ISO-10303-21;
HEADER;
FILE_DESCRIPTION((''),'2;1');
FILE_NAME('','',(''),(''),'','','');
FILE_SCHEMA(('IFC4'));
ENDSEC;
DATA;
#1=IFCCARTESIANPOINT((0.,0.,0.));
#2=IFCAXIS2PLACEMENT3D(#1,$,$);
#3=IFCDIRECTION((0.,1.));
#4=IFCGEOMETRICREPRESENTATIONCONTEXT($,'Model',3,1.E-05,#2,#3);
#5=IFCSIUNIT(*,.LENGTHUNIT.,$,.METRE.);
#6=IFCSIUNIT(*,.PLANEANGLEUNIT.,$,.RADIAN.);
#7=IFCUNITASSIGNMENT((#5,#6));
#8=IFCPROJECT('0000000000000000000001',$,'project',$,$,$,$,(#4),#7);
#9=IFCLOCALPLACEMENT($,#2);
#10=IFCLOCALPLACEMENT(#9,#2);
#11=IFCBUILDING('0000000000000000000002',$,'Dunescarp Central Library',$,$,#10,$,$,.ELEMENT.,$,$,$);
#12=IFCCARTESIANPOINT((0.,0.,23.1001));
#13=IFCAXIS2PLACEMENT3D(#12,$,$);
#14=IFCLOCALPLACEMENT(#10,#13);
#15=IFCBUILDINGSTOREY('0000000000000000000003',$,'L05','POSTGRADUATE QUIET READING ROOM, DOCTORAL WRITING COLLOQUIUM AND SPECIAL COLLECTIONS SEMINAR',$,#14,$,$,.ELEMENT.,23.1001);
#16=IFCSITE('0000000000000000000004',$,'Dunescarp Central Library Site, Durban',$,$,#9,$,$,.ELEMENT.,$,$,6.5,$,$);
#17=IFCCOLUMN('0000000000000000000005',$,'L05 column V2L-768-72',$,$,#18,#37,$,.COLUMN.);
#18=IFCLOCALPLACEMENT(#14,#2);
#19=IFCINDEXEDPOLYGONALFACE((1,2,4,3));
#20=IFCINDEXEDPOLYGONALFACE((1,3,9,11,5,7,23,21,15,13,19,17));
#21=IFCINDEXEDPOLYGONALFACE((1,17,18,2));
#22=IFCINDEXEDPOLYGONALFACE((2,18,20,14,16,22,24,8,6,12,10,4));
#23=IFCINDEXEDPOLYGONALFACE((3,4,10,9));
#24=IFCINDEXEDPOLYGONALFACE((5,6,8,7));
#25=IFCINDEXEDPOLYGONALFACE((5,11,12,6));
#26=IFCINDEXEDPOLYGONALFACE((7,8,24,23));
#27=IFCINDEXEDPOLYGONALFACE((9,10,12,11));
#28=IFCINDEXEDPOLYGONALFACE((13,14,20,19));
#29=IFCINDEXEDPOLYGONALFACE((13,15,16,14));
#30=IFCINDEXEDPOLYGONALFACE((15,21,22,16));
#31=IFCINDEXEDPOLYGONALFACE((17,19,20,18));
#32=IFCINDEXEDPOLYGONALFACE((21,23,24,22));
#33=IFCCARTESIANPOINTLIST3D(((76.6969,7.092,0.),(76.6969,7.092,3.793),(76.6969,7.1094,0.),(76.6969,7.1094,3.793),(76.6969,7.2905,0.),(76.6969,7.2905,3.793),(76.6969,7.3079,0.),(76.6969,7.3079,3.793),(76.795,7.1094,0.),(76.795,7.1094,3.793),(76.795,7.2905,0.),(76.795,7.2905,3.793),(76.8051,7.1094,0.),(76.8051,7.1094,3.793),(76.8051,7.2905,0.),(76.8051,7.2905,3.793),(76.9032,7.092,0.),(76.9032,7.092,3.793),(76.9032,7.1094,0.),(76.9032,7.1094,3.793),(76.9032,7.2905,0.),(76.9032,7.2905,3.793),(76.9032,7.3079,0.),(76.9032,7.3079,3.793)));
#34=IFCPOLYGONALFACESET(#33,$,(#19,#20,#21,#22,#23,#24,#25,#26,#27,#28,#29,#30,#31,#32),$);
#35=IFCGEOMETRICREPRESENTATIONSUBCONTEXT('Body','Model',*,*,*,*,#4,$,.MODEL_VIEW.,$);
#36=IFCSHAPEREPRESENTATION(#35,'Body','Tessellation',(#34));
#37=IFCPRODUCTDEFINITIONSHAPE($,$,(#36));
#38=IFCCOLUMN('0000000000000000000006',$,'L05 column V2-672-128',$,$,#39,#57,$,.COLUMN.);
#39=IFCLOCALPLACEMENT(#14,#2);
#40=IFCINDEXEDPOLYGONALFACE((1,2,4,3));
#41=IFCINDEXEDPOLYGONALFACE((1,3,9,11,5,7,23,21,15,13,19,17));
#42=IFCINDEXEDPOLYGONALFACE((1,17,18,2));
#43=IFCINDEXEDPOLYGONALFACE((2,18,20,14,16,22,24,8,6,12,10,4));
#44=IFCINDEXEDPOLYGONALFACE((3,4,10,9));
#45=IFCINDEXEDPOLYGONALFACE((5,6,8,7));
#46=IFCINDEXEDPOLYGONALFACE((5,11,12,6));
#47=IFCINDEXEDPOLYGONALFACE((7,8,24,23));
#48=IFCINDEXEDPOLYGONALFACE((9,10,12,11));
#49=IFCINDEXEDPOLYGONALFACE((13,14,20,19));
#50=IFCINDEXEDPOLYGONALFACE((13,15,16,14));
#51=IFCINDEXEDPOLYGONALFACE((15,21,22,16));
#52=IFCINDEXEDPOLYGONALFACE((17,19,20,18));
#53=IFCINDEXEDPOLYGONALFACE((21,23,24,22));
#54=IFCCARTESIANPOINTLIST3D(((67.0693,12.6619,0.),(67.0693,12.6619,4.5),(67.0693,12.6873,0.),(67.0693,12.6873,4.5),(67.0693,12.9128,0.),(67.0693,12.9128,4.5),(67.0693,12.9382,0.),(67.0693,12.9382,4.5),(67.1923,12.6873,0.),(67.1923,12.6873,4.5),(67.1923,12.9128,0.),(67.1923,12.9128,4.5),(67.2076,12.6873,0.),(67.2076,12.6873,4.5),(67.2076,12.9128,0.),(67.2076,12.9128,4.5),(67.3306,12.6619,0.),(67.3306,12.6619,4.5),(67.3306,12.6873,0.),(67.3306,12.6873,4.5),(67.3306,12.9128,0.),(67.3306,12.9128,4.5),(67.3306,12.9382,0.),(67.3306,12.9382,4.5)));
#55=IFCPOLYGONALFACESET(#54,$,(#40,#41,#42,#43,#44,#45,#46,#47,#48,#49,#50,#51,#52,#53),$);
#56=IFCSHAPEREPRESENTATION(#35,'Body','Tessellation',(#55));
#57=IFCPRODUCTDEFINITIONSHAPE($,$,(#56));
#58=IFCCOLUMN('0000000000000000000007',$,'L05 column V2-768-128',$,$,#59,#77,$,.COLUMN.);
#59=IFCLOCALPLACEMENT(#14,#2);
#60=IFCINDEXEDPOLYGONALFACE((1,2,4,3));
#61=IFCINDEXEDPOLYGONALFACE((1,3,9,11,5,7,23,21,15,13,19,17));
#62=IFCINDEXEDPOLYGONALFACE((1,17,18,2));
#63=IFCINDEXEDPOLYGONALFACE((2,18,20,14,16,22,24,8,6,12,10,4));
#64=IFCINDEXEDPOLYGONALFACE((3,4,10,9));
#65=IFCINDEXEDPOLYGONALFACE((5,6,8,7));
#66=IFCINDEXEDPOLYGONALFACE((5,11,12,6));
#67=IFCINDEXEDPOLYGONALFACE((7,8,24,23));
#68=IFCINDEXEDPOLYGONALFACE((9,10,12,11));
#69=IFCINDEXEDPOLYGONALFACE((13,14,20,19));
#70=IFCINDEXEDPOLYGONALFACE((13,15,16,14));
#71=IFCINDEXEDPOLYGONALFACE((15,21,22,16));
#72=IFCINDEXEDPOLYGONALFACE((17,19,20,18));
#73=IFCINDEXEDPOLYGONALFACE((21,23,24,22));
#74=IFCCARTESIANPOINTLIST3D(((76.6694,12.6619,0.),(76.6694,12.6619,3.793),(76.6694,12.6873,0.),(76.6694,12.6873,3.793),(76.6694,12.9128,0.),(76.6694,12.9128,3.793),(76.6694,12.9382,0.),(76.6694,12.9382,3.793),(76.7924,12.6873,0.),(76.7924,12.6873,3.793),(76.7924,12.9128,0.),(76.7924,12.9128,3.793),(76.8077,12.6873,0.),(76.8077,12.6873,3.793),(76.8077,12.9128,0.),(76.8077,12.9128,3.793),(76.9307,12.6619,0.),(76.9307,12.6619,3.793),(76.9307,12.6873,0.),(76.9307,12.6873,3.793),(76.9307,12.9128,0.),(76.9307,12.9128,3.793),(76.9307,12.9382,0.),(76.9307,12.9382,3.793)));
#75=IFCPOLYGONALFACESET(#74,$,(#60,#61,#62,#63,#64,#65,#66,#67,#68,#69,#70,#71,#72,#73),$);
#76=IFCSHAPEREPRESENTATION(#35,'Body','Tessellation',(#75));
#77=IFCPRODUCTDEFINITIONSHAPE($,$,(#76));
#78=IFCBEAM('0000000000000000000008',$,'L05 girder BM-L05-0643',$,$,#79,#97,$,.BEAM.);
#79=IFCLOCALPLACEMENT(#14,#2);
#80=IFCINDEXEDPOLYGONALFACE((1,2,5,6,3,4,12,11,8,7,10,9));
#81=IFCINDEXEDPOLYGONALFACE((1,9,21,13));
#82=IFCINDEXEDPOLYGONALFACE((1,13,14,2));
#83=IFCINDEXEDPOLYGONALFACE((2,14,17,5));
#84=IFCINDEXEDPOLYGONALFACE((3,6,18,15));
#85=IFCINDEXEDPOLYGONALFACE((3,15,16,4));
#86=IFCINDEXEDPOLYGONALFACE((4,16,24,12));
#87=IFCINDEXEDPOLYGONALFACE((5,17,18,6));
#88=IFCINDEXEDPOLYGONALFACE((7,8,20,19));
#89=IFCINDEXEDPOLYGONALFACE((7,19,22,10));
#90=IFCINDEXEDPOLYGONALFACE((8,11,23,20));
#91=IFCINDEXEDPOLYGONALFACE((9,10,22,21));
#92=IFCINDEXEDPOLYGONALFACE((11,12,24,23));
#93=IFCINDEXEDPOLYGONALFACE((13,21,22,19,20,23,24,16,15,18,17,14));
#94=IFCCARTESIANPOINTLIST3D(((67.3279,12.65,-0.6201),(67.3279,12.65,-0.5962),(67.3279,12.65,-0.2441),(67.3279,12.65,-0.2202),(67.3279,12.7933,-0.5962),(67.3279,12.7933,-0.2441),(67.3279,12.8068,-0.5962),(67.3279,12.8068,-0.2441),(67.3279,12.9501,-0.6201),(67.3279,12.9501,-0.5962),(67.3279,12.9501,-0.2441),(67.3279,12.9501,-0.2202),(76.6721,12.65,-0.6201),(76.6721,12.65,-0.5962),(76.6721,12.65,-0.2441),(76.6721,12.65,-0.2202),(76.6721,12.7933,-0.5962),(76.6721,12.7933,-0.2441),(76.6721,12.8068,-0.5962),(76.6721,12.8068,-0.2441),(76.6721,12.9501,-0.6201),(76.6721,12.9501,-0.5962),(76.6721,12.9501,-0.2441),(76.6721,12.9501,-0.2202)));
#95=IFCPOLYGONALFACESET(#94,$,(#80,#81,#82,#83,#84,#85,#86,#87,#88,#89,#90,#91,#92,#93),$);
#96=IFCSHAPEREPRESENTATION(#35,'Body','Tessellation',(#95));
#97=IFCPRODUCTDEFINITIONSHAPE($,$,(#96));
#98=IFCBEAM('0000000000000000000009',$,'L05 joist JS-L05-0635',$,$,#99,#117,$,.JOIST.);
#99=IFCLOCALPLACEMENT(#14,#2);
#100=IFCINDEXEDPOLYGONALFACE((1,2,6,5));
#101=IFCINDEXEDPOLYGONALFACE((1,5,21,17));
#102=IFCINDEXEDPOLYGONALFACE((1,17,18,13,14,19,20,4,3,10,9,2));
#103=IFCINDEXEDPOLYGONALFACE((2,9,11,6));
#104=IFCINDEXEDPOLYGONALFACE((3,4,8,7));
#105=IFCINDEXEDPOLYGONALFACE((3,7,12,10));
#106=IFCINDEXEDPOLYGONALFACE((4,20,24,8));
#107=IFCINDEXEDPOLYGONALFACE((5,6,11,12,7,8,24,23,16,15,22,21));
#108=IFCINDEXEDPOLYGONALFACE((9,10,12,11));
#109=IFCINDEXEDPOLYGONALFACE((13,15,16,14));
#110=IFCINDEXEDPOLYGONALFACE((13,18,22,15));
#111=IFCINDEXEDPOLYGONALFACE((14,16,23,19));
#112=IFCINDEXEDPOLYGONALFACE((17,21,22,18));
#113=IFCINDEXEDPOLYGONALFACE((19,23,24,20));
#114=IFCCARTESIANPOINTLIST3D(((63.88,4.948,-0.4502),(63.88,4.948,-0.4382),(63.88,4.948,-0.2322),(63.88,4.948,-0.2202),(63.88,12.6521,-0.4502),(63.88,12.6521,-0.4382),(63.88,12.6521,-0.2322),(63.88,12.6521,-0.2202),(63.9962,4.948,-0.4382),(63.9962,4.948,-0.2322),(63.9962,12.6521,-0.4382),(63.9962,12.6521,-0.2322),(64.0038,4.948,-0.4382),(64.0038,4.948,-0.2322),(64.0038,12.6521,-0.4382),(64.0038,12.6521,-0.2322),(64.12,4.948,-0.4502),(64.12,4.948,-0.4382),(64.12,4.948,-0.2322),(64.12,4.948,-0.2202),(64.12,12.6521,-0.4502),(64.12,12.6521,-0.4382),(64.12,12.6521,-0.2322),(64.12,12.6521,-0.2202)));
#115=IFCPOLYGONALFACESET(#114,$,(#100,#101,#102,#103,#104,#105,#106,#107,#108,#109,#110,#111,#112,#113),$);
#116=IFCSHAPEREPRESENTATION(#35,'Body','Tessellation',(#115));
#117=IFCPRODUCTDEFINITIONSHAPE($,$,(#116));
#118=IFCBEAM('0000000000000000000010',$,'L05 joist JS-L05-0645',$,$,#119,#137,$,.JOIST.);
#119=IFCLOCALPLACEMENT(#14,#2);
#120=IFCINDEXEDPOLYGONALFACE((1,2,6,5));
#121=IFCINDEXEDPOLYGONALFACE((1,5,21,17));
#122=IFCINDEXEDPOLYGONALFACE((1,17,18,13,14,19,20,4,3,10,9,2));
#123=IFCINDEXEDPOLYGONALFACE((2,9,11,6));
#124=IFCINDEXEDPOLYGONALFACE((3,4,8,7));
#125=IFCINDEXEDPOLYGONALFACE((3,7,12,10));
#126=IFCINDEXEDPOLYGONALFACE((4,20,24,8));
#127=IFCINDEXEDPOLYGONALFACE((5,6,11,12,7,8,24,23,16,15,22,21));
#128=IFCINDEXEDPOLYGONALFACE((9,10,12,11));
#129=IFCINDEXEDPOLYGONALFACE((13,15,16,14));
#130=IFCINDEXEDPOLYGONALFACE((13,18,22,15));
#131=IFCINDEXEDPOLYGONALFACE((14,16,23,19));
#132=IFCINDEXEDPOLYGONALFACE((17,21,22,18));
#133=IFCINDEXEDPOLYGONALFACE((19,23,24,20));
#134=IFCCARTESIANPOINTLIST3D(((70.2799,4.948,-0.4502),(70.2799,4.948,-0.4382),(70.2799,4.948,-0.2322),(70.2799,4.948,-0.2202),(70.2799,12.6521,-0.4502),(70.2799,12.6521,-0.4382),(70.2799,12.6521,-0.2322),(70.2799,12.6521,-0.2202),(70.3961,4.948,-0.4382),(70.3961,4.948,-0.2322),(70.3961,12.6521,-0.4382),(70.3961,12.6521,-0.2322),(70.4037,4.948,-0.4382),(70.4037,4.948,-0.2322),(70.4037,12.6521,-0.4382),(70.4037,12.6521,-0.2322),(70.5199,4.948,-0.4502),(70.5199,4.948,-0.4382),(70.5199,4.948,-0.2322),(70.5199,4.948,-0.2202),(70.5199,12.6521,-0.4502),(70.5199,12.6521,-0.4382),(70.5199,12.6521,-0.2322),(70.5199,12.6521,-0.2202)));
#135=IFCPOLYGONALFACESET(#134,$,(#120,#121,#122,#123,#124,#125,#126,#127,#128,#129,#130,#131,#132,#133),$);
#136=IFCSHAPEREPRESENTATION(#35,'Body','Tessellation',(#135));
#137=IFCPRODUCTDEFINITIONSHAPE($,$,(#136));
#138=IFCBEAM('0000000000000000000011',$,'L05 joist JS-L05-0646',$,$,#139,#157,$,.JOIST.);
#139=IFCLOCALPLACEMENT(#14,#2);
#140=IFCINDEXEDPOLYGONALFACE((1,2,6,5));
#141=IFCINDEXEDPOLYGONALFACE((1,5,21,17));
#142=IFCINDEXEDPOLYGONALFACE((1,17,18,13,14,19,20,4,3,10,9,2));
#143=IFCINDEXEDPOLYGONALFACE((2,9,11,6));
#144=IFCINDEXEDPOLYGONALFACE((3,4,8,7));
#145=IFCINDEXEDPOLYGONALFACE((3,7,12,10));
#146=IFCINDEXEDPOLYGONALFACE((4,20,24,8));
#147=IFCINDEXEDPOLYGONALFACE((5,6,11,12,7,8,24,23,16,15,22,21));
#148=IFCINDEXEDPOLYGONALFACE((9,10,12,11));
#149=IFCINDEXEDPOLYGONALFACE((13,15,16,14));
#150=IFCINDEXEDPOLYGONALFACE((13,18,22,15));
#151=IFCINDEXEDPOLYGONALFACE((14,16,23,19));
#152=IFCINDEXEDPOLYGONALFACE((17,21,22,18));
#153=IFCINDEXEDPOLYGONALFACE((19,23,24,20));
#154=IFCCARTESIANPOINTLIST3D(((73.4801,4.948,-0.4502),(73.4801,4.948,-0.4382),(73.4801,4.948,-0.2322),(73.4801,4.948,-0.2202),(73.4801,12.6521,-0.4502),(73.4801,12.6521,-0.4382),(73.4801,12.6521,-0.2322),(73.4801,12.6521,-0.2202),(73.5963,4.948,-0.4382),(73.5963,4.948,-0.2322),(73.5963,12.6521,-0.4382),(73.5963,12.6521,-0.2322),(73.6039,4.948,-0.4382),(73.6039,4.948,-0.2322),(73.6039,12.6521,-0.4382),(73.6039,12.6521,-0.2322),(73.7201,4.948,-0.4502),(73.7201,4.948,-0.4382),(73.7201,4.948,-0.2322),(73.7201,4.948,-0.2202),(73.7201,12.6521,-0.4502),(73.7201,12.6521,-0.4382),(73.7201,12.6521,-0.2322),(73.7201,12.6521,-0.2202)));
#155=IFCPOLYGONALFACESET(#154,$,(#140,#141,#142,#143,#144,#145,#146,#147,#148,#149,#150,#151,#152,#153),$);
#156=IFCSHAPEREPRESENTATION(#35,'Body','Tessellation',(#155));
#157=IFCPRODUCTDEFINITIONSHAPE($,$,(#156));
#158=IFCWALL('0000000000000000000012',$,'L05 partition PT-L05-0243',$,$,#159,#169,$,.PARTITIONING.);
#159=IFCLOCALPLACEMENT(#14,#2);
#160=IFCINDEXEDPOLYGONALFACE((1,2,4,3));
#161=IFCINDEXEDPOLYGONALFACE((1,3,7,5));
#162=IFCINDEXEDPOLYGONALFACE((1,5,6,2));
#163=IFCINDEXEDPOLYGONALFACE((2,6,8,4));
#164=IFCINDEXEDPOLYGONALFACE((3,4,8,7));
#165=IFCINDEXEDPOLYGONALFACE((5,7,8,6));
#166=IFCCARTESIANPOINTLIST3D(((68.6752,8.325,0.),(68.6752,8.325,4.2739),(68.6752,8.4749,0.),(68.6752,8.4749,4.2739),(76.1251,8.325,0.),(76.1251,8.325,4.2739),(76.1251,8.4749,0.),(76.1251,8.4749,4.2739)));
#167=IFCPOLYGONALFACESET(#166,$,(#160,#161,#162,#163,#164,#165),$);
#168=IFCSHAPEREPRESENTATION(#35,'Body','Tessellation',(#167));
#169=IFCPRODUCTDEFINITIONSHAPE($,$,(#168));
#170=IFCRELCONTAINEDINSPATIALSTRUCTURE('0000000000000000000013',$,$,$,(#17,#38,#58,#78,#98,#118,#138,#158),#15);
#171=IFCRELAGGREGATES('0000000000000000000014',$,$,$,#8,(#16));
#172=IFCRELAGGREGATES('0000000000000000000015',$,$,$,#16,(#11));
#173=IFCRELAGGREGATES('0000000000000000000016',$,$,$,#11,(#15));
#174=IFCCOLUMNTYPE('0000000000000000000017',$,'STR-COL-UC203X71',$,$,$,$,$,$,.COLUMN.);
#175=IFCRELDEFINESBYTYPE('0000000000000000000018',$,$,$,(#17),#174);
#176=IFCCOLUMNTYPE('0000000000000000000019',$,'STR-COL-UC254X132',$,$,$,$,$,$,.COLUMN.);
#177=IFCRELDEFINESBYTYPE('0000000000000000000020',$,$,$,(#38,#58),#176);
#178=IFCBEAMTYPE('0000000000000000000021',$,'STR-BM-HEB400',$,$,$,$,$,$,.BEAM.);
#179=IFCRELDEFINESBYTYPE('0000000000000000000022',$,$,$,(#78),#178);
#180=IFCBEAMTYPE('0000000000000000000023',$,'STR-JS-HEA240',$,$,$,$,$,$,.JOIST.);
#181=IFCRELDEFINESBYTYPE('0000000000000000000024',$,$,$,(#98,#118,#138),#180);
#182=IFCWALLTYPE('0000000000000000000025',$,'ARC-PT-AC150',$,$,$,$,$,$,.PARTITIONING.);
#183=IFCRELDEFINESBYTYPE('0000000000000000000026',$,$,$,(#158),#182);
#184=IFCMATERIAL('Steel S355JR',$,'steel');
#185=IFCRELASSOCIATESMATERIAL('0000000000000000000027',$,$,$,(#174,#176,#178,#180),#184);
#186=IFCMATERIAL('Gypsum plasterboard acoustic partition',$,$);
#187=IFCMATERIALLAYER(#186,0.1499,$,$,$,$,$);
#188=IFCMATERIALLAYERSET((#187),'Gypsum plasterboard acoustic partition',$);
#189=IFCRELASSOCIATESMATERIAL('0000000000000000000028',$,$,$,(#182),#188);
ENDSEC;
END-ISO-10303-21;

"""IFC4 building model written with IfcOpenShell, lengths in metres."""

from ifc_helpers import new_model, si_unit, direction, frame, frame_2d, origin, origin_2d, place, context, subcontext, project, spatial, rectangle, i_section, extrude, material, layer, layer_set, material_profile, profile_set, type_object, element, save


model = new_model("IFC4")

# Units and contexts
model_context = context("Model", 3, precision=1e-05, world=origin(), true_north=direction((0.0, 1.0)))
body_context = subcontext(model_context, "Body", "Model", "MODEL_VIEW")
ifc_project = project(units=[si_unit("LENGTHUNIT", "METRE"), si_unit("PLANEANGLEUNIT", "RADIAN")], contexts=[model_context])

# Site, building, storey
site_placement = place(None, origin())
site = spatial("IfcSite", under=ifc_project, at=site_placement, Name="Dunescarp Central Library Site, Durban", CompositionType="ELEMENT", RefElevation=6.5)
building_placement = place(site_placement, origin())
building = spatial("IfcBuilding", under=site, at=building_placement, Name="Dunescarp Central Library", CompositionType="ELEMENT")
storey_placement = place(building_placement, frame((0.0, 0.0, 23.1001)))
storey = spatial("IfcBuildingStorey", under=building, at=storey_placement, Name="L05", Description="POSTGRADUATE QUIET READING ROOM, DOCTORAL WRITING COLLOQUIUM AND SPECIAL COLLECTIONS SEMINAR", CompositionType="ELEMENT", Elevation=23.1001)

# Columns
ifc_material_1 = material(Name="Steel S355JR", Category="steel")
ifc_material_profile_1 = material_profile(ifc_material_1, i_section(OverallWidth=0.2063, OverallDepth=0.2158, WebThickness=0.01, FlangeThickness=0.0173, at=origin_2d()), Name="UC 203x203x71")
ifc_profile_set_1 = profile_set([ifc_material_profile_1], Name="Steel S355JR")
column_type_1 = type_object("IfcColumnType", Name="STR-COL-UC203X71", PredefinedType="COLUMN", material=ifc_profile_set_1)
column_1_placement = place(storey_placement, frame((76.8, 7.2, 0.0), z_axis=(0.0, 0.0, 1.0), x_axis=(1.0, 0.0, 0.0)))
element("IfcColumn", 1, at=column_1_placement, inside=storey, type_object=column_type_1, Name="L05 column V2L-768-72", PredefinedType="COLUMN", context=body_context, shape_type="SweptSolid", body=[
    extrude(i_section(OverallWidth=0.2063, OverallDepth=0.2158, WebThickness=0.01, FlangeThickness=0.0173, at=origin_2d()), origin(), (0.0, 0.0, 1.0), 3.793),
])
ifc_material_profile_2 = material_profile(ifc_material_1, i_section(OverallWidth=0.2612, OverallDepth=0.2764, WebThickness=0.0154, FlangeThickness=0.0254, at=origin_2d()), Name="UC 254x254x132")
ifc_profile_set_2 = profile_set([ifc_material_profile_2], Name="Steel S355JR")
column_type_2 = type_object("IfcColumnType", Name="STR-COL-UC254X132", PredefinedType="COLUMN", material=ifc_profile_set_2)
column_2_placement = place(storey_placement, frame((67.2, 12.8, 0.0), z_axis=(0.0, 0.0, 1.0), x_axis=(1.0, 0.0, 0.0)))
element("IfcColumn", 2, at=column_2_placement, inside=storey, type_object=column_type_2, Name="L05 column V2-672-128", PredefinedType="COLUMN", context=body_context, shape_type="SweptSolid", body=[
    extrude(i_section(OverallWidth=0.2612, OverallDepth=0.2764, WebThickness=0.0154, FlangeThickness=0.0254, at=origin_2d()), origin(), (0.0, 0.0, 1.0), 4.5),
])
column_3_placement = place(storey_placement, frame((76.8, 12.8, 0.0), z_axis=(0.0, 0.0, 1.0), x_axis=(1.0, 0.0, 0.0)))
element("IfcColumn", 3, at=column_3_placement, inside=storey, type_object=column_type_2, Name="L05 column V2-768-128", PredefinedType="COLUMN", context=body_context, shape_type="SweptSolid", body=[
    extrude(i_section(OverallWidth=0.2612, OverallDepth=0.2764, WebThickness=0.0154, FlangeThickness=0.0254, at=origin_2d()), origin(), (0.0, 0.0, 1.0), 3.793),
])

# Beams
ifc_material_profile_3 = material_profile(ifc_material_1, i_section(OverallWidth=0.3, OverallDepth=0.3999, WebThickness=0.0134, FlangeThickness=0.0239, at=origin_2d()), Name="HEB 400")
ifc_profile_set_3 = profile_set([ifc_material_profile_3], Name="Steel S355JR")
beam_type_1 = type_object("IfcBeamType", Name="STR-BM-HEB400", PredefinedType="BEAM", material=ifc_profile_set_3)
beam_placement = place(storey_placement, frame((67.3279, 12.8, -0.4202), z_axis=(1.0, 0.0, 0.0), x_axis=(0.0, 1.0, 0.0)))
element("IfcBeam", 4, at=beam_placement, inside=storey, type_object=beam_type_1, Name="L05 girder BM-L05-0643", PredefinedType="BEAM", context=body_context, shape_type="SweptSolid", body=[
    extrude(i_section(OverallWidth=0.3, OverallDepth=0.3999, WebThickness=0.0134, FlangeThickness=0.0239, at=origin_2d()), origin(), (0.0, 0.0, 1.0), 9.3442),
])
ifc_material_profile_4 = material_profile(ifc_material_1, i_section(OverallWidth=0.24, OverallDepth=0.23, WebThickness=0.0076, FlangeThickness=0.012, at=origin_2d()), Name="HEA 240")
ifc_profile_set_4 = profile_set([ifc_material_profile_4], Name="Steel S355JR")
beam_type_2 = type_object("IfcBeamType", Name="STR-JS-HEA240", PredefinedType="JOIST", material=ifc_profile_set_4)
for number, where, z_axis, x_axis, name in (
    (5, (64.0, 4.948, -0.3352), (0.0, 1.0, 0.0), (-1.0, 0.0, 0.0), "L05 joist JS-L05-0635"),
    (6, (70.3999, 4.948, -0.3352), (0.0, 1.0, 0.0), (-1.0, 0.0, 0.0), "L05 joist JS-L05-0645"),
    (7, (73.6001, 4.948, -0.3352), (0.0, 1.0, 0.0), (-1.0, 0.0, 0.0), "L05 joist JS-L05-0646"),
):
    element("IfcBeam", number, at=place(storey_placement, frame(where, z_axis=z_axis, x_axis=x_axis)), inside=storey, type_object=beam_type_2, Name=name, PredefinedType="JOIST", context=body_context, shape_type="SweptSolid", body=[
        extrude(i_section(OverallWidth=0.24, OverallDepth=0.23, WebThickness=0.0076, FlangeThickness=0.012, at=origin_2d()), origin(), (0.0, 0.0, 1.0), 7.7041),
    ])

# Wall
ifc_material_2 = material(Name="Gypsum plasterboard acoustic partition")
ifc_layer_1 = layer(ifc_material_2, 0.1499)
ifc_layer_set_1 = layer_set([ifc_layer_1], Name="Gypsum plasterboard acoustic partition")
wall_type_1 = type_object("IfcWallType", Name="ARC-PT-AC150", PredefinedType="PARTITIONING", material=ifc_layer_set_1)
wall_1_placement = place(storey_placement, frame((68.675, 8.3999, 0.0), z_axis=(0.0, 0.0, 1.0), x_axis=(1.0, 0.0, 0.0)))
element("IfcWall", 8, at=wall_1_placement, inside=storey, type_object=wall_type_1, Name="L05 partition PT-L05-0243", PredefinedType="PARTITIONING", context=body_context, shape_type="SweptSolid", body=[
    extrude(rectangle(XDim=7.45, YDim=0.1499, at=frame_2d((3.7251, 0.0))), origin(), (0.0, 0.0, 1.0), 4.2739),
])

save(model, "model.ifc")
